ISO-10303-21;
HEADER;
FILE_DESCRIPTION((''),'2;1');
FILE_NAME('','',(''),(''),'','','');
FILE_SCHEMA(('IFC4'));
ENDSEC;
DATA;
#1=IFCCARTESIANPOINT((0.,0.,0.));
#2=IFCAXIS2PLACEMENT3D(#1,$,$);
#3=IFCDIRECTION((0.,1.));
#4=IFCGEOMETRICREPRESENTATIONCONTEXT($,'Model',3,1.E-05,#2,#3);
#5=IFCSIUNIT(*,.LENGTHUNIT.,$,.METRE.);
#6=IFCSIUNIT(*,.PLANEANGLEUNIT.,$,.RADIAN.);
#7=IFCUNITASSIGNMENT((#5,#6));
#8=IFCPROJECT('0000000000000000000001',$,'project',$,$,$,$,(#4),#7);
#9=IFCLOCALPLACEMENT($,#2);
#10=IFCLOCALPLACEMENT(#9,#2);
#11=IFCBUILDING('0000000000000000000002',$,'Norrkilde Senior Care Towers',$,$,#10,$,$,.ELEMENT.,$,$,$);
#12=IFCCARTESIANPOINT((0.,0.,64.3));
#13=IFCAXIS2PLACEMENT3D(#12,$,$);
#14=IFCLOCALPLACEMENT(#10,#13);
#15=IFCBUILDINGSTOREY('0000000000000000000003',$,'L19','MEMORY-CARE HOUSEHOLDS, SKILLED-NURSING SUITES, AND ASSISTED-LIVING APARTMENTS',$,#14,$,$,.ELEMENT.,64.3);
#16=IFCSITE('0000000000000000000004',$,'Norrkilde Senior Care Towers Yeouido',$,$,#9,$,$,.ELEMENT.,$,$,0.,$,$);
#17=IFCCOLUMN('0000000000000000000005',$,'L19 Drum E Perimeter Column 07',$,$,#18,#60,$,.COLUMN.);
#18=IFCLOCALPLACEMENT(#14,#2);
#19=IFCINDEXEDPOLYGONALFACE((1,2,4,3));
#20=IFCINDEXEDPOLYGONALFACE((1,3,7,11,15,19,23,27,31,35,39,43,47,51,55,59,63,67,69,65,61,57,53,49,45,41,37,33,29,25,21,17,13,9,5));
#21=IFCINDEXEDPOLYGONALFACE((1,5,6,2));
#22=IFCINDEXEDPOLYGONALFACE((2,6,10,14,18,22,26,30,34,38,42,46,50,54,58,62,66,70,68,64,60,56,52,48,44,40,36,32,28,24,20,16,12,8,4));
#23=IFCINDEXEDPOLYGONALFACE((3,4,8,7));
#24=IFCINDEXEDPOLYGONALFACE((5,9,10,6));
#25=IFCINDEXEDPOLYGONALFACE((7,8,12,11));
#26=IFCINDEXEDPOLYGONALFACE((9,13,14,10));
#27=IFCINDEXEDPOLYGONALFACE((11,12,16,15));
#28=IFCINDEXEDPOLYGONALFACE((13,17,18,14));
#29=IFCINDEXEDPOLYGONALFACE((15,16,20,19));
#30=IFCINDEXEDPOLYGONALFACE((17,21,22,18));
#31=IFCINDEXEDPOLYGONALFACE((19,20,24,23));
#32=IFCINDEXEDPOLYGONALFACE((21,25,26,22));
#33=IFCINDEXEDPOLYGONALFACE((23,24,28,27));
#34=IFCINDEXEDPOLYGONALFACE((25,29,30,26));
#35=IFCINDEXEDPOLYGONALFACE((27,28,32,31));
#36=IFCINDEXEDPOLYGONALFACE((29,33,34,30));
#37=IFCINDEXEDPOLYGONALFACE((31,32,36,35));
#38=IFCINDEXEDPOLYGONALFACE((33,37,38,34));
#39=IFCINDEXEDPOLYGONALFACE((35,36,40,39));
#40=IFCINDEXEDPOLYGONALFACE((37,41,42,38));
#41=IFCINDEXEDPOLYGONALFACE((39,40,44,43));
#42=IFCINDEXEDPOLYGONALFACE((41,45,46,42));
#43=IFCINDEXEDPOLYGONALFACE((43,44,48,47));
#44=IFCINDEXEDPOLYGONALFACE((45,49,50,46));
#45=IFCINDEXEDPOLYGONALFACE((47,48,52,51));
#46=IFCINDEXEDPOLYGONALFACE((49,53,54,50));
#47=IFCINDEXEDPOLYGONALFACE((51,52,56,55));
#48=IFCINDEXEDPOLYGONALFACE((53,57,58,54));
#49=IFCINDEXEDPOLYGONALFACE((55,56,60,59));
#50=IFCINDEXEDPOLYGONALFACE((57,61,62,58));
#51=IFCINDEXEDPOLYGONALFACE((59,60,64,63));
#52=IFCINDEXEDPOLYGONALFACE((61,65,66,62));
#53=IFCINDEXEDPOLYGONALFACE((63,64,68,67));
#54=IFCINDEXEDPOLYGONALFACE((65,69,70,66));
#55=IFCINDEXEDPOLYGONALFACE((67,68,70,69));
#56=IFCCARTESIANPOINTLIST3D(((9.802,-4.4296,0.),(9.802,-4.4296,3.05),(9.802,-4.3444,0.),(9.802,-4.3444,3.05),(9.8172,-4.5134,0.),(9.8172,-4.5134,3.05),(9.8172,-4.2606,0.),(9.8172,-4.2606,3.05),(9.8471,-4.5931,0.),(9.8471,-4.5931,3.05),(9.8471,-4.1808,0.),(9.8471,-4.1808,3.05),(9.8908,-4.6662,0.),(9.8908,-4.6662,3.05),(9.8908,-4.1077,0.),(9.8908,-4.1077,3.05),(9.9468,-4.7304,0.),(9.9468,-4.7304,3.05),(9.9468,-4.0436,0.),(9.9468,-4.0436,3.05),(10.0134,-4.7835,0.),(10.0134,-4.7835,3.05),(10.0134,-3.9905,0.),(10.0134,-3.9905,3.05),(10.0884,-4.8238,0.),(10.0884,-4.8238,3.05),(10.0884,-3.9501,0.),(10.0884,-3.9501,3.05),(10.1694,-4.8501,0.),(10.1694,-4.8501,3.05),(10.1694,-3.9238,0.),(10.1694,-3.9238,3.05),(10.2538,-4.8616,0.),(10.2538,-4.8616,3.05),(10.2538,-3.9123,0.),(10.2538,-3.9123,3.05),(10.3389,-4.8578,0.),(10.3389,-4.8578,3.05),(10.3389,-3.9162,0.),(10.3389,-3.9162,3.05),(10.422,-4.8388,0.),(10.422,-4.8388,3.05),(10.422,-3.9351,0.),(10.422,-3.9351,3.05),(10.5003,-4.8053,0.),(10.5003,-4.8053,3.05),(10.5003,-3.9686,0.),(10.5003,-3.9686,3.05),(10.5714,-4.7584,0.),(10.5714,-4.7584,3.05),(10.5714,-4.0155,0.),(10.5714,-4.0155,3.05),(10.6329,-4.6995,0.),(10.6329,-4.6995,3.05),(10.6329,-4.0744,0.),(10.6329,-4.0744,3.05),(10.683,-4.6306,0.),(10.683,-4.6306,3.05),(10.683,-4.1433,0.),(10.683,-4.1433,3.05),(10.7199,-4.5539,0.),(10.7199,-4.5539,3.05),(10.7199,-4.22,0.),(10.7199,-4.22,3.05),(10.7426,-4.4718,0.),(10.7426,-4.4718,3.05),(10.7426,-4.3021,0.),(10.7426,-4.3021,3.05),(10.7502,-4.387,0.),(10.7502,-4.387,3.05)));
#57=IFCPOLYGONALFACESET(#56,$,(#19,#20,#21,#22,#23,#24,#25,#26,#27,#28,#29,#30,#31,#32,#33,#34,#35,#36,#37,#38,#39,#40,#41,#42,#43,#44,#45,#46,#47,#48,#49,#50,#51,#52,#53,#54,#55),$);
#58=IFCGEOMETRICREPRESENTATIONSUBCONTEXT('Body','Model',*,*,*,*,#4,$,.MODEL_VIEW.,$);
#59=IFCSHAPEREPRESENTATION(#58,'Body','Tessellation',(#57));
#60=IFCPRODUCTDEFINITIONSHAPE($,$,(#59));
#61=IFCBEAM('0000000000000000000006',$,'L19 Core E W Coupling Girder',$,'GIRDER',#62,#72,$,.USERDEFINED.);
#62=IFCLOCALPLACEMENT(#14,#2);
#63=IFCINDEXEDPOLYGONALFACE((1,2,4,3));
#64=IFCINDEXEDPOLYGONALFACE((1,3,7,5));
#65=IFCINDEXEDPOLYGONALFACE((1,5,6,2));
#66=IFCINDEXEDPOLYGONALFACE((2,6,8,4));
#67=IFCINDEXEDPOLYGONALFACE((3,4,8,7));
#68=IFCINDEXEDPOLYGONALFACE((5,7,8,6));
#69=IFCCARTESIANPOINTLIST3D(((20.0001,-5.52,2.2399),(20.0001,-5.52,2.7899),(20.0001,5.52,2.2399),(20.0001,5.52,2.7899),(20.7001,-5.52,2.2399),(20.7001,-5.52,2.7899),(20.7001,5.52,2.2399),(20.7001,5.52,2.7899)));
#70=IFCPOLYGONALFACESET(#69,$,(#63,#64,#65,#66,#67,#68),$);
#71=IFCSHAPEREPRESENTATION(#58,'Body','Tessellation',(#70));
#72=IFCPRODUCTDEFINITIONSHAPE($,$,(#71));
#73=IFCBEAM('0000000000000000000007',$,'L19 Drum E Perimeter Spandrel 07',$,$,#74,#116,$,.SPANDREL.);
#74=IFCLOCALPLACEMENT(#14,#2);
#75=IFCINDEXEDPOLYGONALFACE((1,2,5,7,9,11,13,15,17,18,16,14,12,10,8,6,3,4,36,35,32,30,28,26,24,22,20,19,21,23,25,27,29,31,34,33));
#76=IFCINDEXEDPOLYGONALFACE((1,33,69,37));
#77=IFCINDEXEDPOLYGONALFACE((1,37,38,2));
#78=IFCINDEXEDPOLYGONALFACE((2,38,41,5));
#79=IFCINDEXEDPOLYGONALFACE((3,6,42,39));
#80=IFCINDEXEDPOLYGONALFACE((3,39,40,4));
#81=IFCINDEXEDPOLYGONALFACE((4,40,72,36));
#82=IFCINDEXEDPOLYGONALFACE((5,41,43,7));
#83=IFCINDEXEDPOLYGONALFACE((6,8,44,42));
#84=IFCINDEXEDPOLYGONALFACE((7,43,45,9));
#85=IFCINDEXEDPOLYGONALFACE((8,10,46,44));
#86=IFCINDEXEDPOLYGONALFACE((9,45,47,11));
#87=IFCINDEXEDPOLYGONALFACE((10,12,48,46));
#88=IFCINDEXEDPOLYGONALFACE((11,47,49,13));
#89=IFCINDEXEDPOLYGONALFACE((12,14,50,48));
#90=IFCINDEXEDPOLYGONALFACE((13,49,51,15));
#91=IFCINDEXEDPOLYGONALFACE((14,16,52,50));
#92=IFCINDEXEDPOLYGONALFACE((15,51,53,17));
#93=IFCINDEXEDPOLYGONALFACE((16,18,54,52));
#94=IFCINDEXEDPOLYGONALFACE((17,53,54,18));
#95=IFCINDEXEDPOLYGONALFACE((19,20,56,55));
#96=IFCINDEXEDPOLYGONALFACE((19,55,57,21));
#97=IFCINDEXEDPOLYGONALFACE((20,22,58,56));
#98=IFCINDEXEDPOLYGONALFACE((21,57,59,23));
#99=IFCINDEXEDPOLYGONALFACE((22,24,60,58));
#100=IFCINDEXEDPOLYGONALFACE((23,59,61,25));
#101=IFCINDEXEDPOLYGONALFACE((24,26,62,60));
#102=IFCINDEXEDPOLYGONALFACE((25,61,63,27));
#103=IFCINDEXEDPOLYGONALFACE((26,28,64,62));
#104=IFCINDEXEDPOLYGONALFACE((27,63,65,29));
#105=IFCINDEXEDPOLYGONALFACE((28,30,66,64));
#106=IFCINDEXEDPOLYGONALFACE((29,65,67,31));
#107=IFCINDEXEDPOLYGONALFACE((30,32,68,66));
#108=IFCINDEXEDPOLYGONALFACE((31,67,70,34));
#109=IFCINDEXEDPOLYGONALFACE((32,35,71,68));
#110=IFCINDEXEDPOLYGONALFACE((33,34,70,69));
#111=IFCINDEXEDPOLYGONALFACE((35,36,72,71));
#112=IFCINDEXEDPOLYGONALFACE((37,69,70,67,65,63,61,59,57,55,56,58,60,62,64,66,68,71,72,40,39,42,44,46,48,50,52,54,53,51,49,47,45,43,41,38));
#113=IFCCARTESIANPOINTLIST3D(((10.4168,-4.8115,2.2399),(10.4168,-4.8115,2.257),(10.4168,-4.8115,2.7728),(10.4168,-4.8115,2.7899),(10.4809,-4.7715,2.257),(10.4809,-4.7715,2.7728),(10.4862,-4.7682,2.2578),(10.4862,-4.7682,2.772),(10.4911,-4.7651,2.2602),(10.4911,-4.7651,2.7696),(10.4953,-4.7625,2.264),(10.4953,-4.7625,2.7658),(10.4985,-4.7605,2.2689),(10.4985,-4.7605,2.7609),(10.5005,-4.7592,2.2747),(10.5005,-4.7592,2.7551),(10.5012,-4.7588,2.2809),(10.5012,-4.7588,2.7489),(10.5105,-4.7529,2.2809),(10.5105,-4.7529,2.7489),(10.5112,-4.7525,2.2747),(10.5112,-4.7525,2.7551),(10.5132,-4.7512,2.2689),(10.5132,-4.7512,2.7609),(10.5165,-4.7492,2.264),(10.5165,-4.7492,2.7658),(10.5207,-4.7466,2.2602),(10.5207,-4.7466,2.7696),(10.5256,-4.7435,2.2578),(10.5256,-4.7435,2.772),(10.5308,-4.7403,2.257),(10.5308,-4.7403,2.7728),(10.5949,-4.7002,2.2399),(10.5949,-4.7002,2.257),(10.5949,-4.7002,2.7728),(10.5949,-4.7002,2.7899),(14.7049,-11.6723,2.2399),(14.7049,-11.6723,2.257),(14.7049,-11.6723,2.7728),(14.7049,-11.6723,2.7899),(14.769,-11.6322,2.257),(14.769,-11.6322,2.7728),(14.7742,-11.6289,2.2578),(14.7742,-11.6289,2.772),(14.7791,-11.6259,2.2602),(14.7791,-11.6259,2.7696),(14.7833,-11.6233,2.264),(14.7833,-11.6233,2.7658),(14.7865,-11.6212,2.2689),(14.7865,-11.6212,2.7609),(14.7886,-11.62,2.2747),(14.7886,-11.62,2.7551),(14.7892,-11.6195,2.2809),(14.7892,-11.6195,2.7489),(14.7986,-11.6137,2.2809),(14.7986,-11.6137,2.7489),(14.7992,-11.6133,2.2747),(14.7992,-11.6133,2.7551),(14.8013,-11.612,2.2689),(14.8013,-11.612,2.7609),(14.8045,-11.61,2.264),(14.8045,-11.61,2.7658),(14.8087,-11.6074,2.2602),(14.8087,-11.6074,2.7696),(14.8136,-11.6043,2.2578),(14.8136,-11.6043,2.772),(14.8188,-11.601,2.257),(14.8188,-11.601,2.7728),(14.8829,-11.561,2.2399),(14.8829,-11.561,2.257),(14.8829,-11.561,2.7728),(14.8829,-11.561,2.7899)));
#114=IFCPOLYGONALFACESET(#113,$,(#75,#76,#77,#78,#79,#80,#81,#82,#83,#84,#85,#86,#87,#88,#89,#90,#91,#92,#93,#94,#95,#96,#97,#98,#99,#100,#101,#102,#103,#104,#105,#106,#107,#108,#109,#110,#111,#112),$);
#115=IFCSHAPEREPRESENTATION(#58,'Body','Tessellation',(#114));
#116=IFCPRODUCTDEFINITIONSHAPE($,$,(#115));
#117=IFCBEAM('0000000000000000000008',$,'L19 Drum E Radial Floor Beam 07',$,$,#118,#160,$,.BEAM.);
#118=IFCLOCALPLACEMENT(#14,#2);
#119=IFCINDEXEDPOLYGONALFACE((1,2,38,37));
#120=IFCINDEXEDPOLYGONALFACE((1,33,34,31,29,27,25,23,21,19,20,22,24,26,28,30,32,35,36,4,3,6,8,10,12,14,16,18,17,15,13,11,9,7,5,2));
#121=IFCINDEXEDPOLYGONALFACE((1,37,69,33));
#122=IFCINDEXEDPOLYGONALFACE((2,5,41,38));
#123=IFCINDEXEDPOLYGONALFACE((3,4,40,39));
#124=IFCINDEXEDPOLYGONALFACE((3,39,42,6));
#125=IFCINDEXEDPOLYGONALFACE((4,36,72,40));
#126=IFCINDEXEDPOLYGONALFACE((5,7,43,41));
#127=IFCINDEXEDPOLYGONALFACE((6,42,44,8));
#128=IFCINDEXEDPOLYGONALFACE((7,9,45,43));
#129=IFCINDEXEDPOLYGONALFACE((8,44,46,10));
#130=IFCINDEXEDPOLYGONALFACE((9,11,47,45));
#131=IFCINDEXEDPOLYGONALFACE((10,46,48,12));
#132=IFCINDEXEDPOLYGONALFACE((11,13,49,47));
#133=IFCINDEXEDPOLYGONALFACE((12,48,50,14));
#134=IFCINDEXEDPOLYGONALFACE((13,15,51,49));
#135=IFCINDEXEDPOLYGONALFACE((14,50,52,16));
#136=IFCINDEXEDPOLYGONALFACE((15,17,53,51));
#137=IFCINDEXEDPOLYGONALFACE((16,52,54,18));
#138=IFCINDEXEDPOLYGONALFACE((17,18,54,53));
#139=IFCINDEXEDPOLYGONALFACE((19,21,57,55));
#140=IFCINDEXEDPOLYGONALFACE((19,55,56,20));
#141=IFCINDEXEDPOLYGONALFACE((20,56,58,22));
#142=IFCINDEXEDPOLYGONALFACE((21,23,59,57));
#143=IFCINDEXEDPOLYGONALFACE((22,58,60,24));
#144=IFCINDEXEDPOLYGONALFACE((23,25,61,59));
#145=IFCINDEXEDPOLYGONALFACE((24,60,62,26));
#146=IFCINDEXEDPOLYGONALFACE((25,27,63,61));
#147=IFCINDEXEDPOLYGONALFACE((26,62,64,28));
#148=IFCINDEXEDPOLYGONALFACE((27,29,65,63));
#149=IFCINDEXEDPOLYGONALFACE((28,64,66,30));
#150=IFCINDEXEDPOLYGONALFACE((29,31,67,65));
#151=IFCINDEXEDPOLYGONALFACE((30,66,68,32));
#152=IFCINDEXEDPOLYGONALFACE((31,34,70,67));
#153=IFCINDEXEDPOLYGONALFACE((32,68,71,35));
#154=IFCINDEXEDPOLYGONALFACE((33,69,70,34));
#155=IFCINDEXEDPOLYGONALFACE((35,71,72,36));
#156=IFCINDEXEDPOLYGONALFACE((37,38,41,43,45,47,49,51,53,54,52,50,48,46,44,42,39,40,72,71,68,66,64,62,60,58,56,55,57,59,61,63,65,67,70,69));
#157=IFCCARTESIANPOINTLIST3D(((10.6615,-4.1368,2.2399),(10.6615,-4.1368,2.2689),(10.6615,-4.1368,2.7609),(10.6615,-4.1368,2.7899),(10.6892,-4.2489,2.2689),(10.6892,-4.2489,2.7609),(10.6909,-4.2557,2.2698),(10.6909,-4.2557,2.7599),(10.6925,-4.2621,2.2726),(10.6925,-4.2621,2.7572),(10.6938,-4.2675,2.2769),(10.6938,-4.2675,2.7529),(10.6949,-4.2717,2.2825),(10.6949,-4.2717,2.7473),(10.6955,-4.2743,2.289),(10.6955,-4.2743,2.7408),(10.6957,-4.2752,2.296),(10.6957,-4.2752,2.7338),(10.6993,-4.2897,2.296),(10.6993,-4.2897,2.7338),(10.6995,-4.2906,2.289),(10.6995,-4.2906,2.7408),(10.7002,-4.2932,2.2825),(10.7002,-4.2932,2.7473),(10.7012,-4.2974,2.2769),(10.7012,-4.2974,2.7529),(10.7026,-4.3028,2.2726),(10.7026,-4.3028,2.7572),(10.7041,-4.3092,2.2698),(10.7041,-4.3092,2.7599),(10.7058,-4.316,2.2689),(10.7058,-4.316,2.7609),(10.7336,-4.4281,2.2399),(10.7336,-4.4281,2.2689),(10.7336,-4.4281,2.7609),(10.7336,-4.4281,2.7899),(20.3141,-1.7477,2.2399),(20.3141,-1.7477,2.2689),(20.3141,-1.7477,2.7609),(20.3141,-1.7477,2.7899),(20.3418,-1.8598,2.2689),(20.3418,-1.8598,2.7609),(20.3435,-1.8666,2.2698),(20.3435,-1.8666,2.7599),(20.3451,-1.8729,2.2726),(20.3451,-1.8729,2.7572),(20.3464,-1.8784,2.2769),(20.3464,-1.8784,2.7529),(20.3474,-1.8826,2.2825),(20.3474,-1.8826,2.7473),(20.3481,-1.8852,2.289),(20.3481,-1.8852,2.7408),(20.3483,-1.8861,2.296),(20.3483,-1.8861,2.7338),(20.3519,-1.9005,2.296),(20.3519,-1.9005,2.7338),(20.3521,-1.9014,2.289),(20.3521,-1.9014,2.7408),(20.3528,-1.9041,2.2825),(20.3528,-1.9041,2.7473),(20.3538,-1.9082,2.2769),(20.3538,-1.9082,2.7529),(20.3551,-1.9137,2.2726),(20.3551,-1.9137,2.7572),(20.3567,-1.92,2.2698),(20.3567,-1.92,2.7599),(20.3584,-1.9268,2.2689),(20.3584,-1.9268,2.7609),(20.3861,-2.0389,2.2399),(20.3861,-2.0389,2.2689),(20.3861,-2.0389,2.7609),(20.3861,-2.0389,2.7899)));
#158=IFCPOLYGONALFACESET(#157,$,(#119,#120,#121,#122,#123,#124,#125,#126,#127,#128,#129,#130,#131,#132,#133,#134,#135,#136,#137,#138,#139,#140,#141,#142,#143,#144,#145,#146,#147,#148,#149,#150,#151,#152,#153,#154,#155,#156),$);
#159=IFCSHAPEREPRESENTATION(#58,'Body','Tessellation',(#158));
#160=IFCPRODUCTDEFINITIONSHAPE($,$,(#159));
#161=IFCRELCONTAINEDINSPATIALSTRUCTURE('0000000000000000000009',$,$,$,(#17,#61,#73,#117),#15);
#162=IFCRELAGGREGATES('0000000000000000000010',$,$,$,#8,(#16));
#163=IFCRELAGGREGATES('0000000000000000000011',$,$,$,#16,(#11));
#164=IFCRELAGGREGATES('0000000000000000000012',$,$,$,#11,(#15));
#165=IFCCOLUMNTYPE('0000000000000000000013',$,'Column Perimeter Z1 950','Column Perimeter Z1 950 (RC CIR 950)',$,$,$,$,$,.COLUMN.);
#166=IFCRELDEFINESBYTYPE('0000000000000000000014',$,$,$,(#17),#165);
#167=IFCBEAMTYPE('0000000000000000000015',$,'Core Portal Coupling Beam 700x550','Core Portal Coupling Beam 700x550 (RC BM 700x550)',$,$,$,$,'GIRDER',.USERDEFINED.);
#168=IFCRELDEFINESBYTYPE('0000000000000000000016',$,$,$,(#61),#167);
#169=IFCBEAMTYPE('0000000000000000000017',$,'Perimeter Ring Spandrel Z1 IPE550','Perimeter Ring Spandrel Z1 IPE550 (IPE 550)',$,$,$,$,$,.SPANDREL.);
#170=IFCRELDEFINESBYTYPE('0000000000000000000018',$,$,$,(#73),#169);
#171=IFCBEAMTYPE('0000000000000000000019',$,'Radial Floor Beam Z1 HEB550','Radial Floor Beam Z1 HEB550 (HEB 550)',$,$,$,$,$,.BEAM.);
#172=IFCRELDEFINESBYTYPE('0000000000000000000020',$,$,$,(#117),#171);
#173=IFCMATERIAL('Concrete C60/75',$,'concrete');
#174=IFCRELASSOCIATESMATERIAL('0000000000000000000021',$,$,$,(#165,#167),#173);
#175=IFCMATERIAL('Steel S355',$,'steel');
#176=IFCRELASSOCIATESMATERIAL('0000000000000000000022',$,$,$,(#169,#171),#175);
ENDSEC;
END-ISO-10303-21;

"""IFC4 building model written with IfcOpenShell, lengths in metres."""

from ifc_helpers import new_model, si_unit, direction, frame, origin, origin_2d, place, context, subcontext, project, spatial, rectangle, circle, i_section, extrude, source, transform, mapped, material, material_profile, profile_set, type_object, type_shapes, element, save


model = new_model("IFC4")

# Units and contexts
model_context = context("Model", 3, precision=1e-05, world=origin(), true_north=direction((0.0, 1.0)))
body_context = subcontext(model_context, "Body", "Model", "MODEL_VIEW")
ifc_project = project(units=[si_unit("LENGTHUNIT", "METRE"), si_unit("PLANEANGLEUNIT", "RADIAN")], contexts=[model_context])

# Site, building, storey
site_placement = place(None, origin())
site = spatial("IfcSite", under=ifc_project, at=site_placement, Name="Norrkilde Senior Care Towers Yeouido", CompositionType="ELEMENT", RefElevation=0.0)
building_placement = place(site_placement, origin())
building = spatial("IfcBuilding", under=site, at=building_placement, Name="Norrkilde Senior Care Towers", CompositionType="ELEMENT")
storey_placement = place(building_placement, frame((0.0, 0.0, 64.3)))
storey = spatial("IfcBuildingStorey", under=building, at=storey_placement, Name="L19", Description="MEMORY-CARE HOUSEHOLDS, SKILLED-NURSING SUITES, AND ASSISTED-LIVING APARTMENTS", CompositionType="ELEMENT", Elevation=64.3)

# Column
ifc_material_1 = material(Name="Concrete C60/75", Category="concrete")
ifc_material_profile_1 = material_profile(ifc_material_1, circle(Radius=0.4751, at=origin_2d()), Name="RC CIR 950")
ifc_profile_set_1 = profile_set([ifc_material_profile_1], Name="Concrete C60/75")
column_type = type_object("IfcColumnType", Name="Column Perimeter Z1 950", Description="Column Perimeter Z1 950 (RC CIR 950)", PredefinedType="COLUMN", material=ifc_profile_set_1)
shared_shape_1 = source(origin(), body_context, "Body", "SweptSolid", [
    extrude(circle(Radius=0.4751, at=origin_2d()), origin(), (0.0, 0.0, 1.0), 3.05),
])
type_shapes(column_type, [shared_shape_1])
column_placement = place(storey_placement, frame((10.2751, -4.387, 0.0), z_axis=(0.0, 0.0, 1.0), x_axis=(1.0, 0.0, 0.0)))
element("IfcColumn", 1, at=column_placement, inside=storey, type_object=column_type, Name="L19 Drum E Perimeter Column 07", PredefinedType="COLUMN", context=body_context, shape_type="MappedRepresentation", body=[
    mapped(shared_shape_1, transform((0.0, 0.0, 0.0), x_axis=(1.0, 0.0, 0.0), y_axis=(0.0, 1.0, 0.0), z_axis=(0.0, 0.0, 1.0), scale=1.0)),
])

# Beams
ifc_material_profile_2 = material_profile(ifc_material_1, rectangle(XDim=0.7, YDim=0.55, at=origin_2d()), Name="RC BM 700x550")
ifc_profile_set_2 = profile_set([ifc_material_profile_2], Name="Concrete C60/75")
beam_type_1 = type_object("IfcBeamType", Name="Core Portal Coupling Beam 700x550", Description="Core Portal Coupling Beam 700x550 (RC BM 700x550)", ElementType="GIRDER", PredefinedType="USERDEFINED", material=ifc_profile_set_2)
shared_shape_2 = source(origin(), body_context, "Body", "SweptSolid", [
    extrude(rectangle(XDim=0.7, YDim=0.55, at=origin_2d()), origin(), (0.0, 0.0, 1.0), 11.04),
])
type_shapes(beam_type_1, [shared_shape_2])
beam_1_placement = place(storey_placement, frame((20.3501, -5.52, 2.5149), z_axis=(0.0, 1.0, 0.0), x_axis=(-1.0, 0.0, 0.0)))
element("IfcBeam", 2, at=beam_1_placement, inside=storey, type_object=beam_type_1, Name="L19 Core E W Coupling Girder", ObjectType="GIRDER", PredefinedType="USERDEFINED", context=body_context, shape_type="MappedRepresentation", body=[
    mapped(shared_shape_2, transform((0.0, 0.0, 0.0), x_axis=(1.0, 0.0, 0.0), y_axis=(0.0, 1.0, 0.0), z_axis=(0.0, 0.0, 1.0), scale=1.0)),
])
ifc_material_2 = material(Name="Steel S355", Category="steel")
ifc_material_profile_3 = material_profile(ifc_material_2, i_section(OverallWidth=0.21, OverallDepth=0.55, WebThickness=0.011, FlangeThickness=0.0171, FilletRadius=0.0239, at=origin_2d()), Name="IPE 550")
ifc_profile_set_3 = profile_set([ifc_material_profile_3], Name="Steel S355")
beam_type_2 = type_object("IfcBeamType", Name="Perimeter Ring Spandrel Z1 IPE550", Description="Perimeter Ring Spandrel Z1 IPE550 (IPE 550)", PredefinedType="SPANDREL", material=ifc_profile_set_3)
shared_shape_3 = source(origin(), body_context, "Body", "SweptSolid", [
    extrude(i_section(OverallWidth=0.21, OverallDepth=0.55, WebThickness=0.011, FlangeThickness=0.0171, FilletRadius=0.0239, at=origin_2d()), origin(), (0.0, 0.0, 1.0), 8.0906),
])
type_shapes(beam_type_2, [shared_shape_3])
beam_2_placement = place(storey_placement, frame((10.5059, -4.7559, 2.5149), z_axis=(0.530004, -0.847995, 0.0), x_axis=(0.847995, 0.530004, 0.0)))
element("IfcBeam", 3, at=beam_2_placement, inside=storey, type_object=beam_type_2, Name="L19 Drum E Perimeter Spandrel 07", PredefinedType="SPANDREL", context=body_context, shape_type="MappedRepresentation", body=[
    mapped(shared_shape_3, transform((0.0, 0.0, 0.0), x_axis=(1.0, 0.0, 0.0), y_axis=(0.0, 1.0, 0.0), z_axis=(0.0, 0.0, 1.0), scale=1.0)),
])
ifc_material_profile_4 = material_profile(ifc_material_2, i_section(OverallWidth=0.3, OverallDepth=0.55, WebThickness=0.0149, FlangeThickness=0.0291, FilletRadius=0.0271, at=origin_2d()), Name="HEB 550")
ifc_profile_set_4 = profile_set([ifc_material_profile_4], Name="Steel S355")
beam_type_3 = type_object("IfcBeamType", Name="Radial Floor Beam Z1 HEB550", Description="Radial Floor Beam Z1 HEB550 (HEB 550)", PredefinedType="BEAM", material=ifc_profile_set_4)
shared_shape_4 = source(origin(), body_context, "Body", "SweptSolid", [
    extrude(i_section(OverallWidth=0.3, OverallDepth=0.55, WebThickness=0.0149, FlangeThickness=0.0291, FilletRadius=0.0271, at=origin_2d()), origin(), (0.0, 0.0, 1.0), 9.9438),
])
type_shapes(beam_type_3, [shared_shape_4])
beam_3_placement = place(storey_placement, frame((20.3501, -1.8933, 2.5149), z_axis=(-0.970707, -0.240265, 0.0), x_axis=(0.240265, -0.970707, 0.0)))
element("IfcBeam", 4, at=beam_3_placement, inside=storey, type_object=beam_type_3, Name="L19 Drum E Radial Floor Beam 07", PredefinedType="BEAM", context=body_context, shape_type="MappedRepresentation", body=[
    mapped(shared_shape_4, transform((0.0, 0.0, 0.0), x_axis=(1.0, 0.0, 0.0), y_axis=(0.0, 1.0, 0.0), z_axis=(0.0, 0.0, 1.0), scale=1.0)),
])

save(model, "model.ifc")
